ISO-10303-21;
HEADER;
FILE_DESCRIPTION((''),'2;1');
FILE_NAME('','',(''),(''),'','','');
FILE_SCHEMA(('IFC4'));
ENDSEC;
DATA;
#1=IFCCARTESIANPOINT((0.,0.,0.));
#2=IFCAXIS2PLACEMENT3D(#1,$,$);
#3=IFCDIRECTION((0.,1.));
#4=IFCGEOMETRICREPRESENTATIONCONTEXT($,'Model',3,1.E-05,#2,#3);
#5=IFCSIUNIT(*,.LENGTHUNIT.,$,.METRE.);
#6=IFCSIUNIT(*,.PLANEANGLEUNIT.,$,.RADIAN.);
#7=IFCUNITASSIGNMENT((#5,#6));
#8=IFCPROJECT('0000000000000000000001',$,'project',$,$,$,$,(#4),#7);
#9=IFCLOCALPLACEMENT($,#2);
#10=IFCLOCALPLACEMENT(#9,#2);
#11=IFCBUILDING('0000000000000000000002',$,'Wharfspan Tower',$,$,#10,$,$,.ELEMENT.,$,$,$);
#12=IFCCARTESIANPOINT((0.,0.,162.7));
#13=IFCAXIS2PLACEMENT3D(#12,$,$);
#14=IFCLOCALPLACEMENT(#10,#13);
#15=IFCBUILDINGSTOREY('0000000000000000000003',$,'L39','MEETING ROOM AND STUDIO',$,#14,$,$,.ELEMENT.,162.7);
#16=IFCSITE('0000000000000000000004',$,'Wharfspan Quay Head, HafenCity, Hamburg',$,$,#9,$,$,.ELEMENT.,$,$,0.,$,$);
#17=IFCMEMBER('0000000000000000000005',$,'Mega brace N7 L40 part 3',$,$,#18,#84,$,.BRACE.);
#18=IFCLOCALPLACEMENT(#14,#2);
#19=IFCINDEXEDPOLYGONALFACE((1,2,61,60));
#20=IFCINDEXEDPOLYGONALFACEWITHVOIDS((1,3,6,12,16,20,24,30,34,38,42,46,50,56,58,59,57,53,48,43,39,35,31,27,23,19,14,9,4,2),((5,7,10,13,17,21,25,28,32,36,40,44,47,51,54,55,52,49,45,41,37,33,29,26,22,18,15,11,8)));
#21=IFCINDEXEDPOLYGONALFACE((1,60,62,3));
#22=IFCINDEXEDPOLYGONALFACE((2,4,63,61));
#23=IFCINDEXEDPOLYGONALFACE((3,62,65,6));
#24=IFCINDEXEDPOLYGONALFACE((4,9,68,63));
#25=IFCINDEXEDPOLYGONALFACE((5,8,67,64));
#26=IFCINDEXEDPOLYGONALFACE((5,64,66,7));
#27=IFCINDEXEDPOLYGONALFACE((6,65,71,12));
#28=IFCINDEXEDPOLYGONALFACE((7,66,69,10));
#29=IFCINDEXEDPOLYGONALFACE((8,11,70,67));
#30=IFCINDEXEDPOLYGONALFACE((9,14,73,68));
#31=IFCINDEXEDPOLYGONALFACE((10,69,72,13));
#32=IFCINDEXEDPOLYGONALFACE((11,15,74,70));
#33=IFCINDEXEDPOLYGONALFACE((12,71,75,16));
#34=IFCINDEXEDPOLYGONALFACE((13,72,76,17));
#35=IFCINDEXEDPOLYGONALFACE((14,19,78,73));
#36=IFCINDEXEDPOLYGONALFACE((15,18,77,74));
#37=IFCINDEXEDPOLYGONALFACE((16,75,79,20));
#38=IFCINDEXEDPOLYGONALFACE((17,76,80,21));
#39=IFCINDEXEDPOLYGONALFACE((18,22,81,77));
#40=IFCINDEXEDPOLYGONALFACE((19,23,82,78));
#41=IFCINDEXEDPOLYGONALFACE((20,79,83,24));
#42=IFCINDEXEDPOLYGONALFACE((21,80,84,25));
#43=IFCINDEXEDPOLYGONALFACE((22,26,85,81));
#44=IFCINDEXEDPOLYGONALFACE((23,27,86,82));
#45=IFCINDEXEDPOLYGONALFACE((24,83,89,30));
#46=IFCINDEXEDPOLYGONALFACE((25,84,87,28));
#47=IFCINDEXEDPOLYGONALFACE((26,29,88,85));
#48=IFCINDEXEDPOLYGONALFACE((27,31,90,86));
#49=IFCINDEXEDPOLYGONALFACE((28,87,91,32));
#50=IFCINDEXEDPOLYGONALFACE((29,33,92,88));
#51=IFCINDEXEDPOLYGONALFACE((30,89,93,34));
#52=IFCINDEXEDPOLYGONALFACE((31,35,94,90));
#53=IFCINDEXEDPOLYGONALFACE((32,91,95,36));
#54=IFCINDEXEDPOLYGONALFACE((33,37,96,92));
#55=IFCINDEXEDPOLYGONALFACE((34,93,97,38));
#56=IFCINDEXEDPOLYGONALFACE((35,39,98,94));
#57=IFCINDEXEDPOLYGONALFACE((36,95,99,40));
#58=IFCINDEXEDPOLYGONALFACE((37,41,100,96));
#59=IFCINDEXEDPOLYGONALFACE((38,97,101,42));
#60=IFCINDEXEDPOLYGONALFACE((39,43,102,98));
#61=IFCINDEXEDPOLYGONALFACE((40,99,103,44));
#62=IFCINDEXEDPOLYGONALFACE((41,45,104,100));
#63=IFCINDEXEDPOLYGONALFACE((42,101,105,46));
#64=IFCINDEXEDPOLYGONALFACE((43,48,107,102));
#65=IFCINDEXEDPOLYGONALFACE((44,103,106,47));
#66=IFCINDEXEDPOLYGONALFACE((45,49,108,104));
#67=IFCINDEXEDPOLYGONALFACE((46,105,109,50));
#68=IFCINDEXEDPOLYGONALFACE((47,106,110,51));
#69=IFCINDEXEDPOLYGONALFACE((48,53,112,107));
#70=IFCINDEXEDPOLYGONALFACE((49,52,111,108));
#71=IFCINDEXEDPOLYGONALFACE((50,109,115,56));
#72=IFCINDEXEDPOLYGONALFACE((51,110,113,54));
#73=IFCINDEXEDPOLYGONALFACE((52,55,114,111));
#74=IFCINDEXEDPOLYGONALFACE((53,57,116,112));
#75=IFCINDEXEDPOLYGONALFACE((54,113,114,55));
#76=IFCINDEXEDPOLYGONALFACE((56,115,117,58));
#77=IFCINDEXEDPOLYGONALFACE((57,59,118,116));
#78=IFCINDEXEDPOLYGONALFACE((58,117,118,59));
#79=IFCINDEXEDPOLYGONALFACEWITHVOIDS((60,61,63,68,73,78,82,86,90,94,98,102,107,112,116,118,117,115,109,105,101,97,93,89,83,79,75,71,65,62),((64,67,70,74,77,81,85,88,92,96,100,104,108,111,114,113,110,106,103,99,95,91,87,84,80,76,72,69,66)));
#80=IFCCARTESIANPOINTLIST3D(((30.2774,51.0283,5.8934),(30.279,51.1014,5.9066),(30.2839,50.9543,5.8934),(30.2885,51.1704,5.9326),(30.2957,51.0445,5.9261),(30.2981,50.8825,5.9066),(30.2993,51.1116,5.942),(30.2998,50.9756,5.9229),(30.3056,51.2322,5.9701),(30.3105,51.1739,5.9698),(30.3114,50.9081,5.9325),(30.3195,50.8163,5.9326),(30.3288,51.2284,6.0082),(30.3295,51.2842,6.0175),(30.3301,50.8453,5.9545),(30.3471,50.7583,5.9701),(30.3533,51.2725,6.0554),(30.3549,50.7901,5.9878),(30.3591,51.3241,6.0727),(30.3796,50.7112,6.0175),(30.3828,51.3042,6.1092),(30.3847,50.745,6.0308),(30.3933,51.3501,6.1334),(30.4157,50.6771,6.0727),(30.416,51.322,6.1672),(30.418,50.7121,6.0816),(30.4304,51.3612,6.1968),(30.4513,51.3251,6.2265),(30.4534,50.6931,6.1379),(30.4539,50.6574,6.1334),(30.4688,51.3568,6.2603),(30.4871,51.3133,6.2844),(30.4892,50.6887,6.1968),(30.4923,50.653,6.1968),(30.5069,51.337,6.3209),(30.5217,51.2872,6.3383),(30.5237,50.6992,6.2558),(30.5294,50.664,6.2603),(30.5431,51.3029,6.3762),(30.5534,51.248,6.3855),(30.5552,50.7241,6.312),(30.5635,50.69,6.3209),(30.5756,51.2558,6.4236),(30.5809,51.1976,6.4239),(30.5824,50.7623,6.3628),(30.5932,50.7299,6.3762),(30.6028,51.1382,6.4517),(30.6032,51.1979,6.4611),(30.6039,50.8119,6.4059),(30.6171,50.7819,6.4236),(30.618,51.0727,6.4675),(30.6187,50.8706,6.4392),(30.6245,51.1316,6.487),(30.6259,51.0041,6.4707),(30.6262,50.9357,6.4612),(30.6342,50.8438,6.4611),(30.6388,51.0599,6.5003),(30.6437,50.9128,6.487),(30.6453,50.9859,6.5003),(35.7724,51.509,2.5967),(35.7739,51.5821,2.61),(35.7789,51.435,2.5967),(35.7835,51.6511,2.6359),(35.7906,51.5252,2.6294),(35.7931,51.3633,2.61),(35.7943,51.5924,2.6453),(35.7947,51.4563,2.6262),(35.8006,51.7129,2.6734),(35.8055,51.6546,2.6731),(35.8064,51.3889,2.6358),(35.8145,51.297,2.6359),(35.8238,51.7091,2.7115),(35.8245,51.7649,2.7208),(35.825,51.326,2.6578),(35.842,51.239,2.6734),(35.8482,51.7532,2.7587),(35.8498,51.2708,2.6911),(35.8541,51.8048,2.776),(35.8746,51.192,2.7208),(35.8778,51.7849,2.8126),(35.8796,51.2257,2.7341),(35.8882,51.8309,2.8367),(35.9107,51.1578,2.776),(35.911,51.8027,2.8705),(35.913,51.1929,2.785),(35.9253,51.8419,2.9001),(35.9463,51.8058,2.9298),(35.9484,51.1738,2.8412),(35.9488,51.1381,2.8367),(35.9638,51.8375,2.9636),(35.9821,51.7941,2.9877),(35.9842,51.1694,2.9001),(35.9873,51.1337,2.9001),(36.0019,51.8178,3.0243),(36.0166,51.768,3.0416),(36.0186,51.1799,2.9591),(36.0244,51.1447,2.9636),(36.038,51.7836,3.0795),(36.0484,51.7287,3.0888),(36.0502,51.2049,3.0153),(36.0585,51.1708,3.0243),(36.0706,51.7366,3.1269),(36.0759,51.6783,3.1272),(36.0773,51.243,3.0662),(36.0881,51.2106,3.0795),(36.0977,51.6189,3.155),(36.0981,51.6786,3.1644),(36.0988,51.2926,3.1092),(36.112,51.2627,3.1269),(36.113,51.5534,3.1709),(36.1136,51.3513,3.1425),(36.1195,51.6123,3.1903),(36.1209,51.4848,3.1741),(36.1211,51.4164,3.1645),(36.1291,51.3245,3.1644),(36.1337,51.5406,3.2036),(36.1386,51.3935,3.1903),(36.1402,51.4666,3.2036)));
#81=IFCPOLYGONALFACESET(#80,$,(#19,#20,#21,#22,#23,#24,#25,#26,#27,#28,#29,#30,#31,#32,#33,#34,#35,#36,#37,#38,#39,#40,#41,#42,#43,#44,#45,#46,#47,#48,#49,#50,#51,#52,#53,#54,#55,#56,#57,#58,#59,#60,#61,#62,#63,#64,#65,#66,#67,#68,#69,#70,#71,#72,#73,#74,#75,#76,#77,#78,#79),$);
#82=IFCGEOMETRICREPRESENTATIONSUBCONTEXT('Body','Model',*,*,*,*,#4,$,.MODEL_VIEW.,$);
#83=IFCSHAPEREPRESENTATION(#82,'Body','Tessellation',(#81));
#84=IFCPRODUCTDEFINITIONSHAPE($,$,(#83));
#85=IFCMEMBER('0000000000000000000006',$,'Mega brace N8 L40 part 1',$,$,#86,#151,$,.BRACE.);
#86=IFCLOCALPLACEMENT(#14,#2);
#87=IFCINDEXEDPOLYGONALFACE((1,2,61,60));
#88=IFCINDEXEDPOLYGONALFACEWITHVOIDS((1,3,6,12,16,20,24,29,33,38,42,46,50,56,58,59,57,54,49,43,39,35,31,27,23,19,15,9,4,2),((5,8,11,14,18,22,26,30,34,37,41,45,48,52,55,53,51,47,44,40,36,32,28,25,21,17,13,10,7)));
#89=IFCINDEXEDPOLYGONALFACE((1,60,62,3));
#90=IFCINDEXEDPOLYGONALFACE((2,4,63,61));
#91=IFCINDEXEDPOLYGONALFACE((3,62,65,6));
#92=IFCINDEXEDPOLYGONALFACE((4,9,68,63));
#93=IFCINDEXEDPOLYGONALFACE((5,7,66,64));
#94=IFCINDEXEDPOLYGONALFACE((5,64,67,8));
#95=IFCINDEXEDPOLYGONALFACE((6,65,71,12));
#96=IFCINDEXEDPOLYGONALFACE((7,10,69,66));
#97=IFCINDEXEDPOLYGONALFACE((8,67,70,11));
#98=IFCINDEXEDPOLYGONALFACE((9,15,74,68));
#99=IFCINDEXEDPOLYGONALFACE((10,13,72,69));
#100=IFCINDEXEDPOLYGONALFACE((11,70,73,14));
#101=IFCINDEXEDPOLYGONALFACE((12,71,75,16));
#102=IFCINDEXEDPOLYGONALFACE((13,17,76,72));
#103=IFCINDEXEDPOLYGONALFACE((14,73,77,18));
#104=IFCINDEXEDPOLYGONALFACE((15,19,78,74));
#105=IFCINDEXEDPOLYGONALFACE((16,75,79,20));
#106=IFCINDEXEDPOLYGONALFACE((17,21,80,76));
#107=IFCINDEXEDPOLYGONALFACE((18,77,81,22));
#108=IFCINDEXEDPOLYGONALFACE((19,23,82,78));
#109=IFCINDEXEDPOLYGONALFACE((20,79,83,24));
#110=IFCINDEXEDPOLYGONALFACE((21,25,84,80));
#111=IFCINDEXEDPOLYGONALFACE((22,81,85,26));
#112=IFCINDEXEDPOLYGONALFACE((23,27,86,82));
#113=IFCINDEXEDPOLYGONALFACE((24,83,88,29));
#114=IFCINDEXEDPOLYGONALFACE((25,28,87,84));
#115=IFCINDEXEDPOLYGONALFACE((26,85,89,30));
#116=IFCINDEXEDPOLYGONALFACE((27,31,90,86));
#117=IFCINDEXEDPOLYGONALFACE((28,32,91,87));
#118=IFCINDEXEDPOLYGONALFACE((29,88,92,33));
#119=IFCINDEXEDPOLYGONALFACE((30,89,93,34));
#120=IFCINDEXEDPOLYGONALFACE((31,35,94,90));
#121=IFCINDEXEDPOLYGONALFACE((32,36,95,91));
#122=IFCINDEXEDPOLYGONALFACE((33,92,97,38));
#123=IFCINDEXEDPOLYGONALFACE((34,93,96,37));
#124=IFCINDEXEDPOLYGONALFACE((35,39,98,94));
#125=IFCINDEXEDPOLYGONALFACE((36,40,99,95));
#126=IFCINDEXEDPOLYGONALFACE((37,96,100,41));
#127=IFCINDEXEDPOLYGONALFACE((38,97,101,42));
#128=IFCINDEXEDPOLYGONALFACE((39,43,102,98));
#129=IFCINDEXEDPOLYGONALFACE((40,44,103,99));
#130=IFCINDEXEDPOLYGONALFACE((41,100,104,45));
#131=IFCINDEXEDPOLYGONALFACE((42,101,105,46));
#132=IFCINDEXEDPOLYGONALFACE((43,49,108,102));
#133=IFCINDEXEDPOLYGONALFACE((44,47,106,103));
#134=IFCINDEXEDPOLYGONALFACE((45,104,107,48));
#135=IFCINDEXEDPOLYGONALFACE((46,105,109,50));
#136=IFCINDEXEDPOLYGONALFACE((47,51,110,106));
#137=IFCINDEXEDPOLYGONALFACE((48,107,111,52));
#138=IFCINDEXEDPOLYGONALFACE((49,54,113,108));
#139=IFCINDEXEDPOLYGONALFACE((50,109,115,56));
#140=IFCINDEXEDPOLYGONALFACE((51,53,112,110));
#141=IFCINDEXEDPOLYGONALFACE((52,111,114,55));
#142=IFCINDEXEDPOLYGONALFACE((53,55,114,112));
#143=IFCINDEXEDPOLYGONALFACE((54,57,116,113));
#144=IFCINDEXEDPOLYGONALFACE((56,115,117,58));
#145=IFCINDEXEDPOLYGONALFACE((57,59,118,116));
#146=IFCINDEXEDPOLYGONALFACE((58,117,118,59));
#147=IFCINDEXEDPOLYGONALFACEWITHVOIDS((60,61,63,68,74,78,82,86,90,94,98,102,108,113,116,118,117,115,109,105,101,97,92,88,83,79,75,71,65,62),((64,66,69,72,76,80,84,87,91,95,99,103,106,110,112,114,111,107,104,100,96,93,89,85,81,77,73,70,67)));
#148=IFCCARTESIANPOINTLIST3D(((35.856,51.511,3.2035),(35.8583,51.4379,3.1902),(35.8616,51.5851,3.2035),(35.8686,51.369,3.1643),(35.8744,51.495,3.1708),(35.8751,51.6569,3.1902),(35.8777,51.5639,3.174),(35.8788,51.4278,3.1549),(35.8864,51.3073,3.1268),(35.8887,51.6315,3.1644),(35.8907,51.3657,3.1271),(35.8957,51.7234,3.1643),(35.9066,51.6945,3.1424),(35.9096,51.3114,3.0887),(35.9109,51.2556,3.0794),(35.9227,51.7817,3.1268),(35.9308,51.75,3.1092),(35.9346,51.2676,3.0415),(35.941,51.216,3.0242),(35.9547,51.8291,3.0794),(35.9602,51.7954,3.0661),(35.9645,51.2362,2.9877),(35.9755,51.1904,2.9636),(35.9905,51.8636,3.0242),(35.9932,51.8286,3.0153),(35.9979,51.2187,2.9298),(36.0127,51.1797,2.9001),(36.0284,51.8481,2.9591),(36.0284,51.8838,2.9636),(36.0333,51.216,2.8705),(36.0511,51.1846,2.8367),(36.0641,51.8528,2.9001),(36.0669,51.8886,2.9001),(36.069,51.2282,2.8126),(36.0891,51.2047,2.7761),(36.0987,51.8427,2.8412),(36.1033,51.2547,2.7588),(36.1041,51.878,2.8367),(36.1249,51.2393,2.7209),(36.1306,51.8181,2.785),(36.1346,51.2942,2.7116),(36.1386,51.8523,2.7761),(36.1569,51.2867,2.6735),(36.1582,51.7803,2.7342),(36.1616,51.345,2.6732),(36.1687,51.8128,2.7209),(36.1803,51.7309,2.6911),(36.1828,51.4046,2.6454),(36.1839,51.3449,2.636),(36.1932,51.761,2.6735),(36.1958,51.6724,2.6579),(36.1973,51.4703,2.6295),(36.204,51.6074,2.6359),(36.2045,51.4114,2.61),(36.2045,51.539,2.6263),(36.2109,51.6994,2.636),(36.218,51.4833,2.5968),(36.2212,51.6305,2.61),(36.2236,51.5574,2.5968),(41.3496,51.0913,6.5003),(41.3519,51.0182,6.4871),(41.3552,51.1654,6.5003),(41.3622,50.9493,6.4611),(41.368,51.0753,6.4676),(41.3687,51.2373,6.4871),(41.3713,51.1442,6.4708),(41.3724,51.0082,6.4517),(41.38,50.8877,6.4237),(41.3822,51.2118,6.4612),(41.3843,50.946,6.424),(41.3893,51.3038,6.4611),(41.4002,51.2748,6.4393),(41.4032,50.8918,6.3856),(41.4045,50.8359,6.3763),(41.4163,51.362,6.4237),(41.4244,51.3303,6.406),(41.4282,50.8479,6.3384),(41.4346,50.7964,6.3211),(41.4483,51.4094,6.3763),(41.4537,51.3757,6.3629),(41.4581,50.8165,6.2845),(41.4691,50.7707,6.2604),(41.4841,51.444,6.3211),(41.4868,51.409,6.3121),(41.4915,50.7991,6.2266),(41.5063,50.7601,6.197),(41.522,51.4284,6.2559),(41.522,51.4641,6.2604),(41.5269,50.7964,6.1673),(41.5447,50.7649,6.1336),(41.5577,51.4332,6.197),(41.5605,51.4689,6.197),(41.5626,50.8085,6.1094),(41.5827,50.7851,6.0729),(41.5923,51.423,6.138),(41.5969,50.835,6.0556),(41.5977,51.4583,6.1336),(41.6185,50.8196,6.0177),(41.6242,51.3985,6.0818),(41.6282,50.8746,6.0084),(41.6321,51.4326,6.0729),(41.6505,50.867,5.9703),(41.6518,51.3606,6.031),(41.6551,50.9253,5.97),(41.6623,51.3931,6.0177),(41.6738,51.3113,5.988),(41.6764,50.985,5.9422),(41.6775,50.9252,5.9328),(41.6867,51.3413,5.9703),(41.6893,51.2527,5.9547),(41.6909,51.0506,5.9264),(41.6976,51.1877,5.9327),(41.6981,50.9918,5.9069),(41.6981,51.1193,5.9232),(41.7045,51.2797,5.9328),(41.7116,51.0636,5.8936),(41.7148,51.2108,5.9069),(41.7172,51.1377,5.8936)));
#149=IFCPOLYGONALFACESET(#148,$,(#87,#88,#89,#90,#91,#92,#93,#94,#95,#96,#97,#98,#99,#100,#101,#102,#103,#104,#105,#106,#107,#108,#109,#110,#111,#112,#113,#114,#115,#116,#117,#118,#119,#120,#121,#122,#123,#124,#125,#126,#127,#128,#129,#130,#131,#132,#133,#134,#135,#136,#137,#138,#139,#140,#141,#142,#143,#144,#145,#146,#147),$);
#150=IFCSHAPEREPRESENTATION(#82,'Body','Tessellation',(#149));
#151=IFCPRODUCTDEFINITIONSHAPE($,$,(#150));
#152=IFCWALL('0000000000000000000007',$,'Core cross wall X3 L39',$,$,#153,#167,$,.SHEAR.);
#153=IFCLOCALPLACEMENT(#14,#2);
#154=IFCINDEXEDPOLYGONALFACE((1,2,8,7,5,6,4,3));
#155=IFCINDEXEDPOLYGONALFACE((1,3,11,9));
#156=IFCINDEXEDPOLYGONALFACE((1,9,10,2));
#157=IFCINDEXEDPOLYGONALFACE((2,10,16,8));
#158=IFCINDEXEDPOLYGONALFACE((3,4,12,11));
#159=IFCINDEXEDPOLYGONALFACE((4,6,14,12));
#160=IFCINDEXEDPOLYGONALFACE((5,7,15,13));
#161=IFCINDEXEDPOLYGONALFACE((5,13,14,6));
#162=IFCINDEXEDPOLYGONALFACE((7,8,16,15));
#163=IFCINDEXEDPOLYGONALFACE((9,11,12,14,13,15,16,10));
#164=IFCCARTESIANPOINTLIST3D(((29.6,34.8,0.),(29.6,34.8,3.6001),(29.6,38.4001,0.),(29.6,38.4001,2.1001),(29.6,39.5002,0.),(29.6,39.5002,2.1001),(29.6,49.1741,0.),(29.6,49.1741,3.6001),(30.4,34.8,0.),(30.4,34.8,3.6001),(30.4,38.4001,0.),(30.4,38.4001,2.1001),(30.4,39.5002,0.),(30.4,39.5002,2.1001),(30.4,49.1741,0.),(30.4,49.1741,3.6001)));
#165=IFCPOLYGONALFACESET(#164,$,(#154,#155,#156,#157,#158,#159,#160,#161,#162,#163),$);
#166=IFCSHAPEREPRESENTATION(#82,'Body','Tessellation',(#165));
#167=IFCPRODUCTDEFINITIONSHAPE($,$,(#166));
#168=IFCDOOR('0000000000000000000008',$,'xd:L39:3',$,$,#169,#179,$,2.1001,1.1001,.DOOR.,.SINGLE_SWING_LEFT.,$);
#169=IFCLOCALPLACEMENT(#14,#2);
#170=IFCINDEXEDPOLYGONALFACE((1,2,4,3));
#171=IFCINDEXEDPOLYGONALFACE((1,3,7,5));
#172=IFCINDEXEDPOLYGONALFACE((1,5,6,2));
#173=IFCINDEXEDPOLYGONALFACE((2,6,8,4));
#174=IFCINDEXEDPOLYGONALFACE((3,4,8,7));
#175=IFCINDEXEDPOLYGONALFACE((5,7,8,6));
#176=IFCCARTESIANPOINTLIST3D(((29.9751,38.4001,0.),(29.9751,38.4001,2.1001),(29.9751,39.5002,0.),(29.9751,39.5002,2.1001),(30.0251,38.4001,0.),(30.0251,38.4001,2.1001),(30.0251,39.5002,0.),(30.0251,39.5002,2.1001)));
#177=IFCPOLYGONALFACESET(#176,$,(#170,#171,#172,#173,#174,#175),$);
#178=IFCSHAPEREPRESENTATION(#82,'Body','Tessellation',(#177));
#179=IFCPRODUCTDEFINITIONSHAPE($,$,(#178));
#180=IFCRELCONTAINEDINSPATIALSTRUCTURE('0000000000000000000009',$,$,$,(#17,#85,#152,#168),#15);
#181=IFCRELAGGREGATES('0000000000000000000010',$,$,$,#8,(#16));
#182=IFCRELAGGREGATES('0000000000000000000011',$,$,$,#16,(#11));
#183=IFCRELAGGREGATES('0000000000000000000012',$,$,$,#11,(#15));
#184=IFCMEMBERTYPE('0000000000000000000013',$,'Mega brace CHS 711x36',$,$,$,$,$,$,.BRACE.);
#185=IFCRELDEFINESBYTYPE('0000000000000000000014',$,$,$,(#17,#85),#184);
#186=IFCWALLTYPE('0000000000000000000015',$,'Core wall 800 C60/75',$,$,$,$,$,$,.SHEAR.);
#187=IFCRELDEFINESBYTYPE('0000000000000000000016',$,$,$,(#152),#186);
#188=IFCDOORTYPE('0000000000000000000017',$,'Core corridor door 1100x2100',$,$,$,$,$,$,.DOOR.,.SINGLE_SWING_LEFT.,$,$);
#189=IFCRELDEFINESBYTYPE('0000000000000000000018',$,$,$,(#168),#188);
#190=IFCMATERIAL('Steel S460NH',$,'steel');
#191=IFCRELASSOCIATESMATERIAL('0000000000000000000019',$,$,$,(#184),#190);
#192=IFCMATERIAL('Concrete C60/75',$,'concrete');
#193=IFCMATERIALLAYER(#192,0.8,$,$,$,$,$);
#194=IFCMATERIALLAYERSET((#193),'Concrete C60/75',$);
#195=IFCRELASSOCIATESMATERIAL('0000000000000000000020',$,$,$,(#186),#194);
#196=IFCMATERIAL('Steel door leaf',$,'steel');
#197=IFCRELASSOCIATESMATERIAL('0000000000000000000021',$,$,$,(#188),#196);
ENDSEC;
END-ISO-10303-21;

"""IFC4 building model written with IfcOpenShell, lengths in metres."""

from ifc_helpers import new_model, si_unit, direction, frame, frame_2d, origin, origin_2d, place, context, subcontext, project, spatial, rectangle, hollow_circle, extrude, material, layer, layer_set, material_profile, profile_set, type_object, element, fill, save


model = new_model("IFC4")

# Units and contexts
model_context = context("Model", 3, precision=1e-05, world=origin(), true_north=direction((0.0, 1.0)))
body_context = subcontext(model_context, "Body", "Model", "MODEL_VIEW")
ifc_project = project(units=[si_unit("LENGTHUNIT", "METRE"), si_unit("PLANEANGLEUNIT", "RADIAN")], contexts=[model_context])

# Site, building, storey
site_placement = place(None, origin())
site = spatial("IfcSite", under=ifc_project, at=site_placement, Name="Wharfspan Quay Head, HafenCity, Hamburg", CompositionType="ELEMENT", RefElevation=0.0)
building_placement = place(site_placement, origin())
building = spatial("IfcBuilding", under=site, at=building_placement, Name="Wharfspan Tower", CompositionType="ELEMENT")
storey_placement = place(building_placement, frame((0.0, 0.0, 162.7)))
storey = spatial("IfcBuildingStorey", under=building, at=storey_placement, Name="L39", Description="MEETING ROOM AND STUDIO", CompositionType="ELEMENT", Elevation=162.7)

# Members
ifc_material_1 = material(Name="Steel S460NH", Category="steel")
ifc_material_profile_1 = material_profile(ifc_material_1, hollow_circle(Radius=0.3555, WallThickness=0.0359, at=origin_2d()))
ifc_profile_set_1 = profile_set([ifc_material_profile_1], Name="Steel S460NH")
member_type = type_object("IfcMemberType", Name="Mega brace CHS 711x36", PredefinedType="BRACE", material=ifc_profile_set_1)
member_1_placement = place(storey_placement, frame((35.9563, 51.4878, 2.9001), z_axis=(-0.85511, -0.074808, 0.513021), x_axis=(0.08715, -0.996195, -0.000001)))
element("IfcMember", 1, at=member_1_placement, inside=storey, type_object=member_type, Name="Mega brace N7 L40 part 3", PredefinedType="BRACE", context=body_context, shape_type="SweptSolid", body=[
    extrude(hollow_circle(Radius=0.3555, WallThickness=0.0359, at=origin_2d()), origin(), (0.0, 0.0, 1.0), 6.426),
])
member_2_placement = place(storey_placement, frame((36.0398, 51.5342, 2.9001), z_axis=(0.855612, -0.065363, 0.513474), x_axis=(0.07617, 0.997093, 0.000002)))
element("IfcMember", 2, at=member_2_placement, inside=storey, type_object=member_type, Name="Mega brace N8 L40 part 1", PredefinedType="BRACE", context=body_context, shape_type="SweptSolid", body=[
    extrude(hollow_circle(Radius=0.3555, WallThickness=0.0359, at=origin_2d()), origin(), (0.0, 0.0, 1.0), 6.4207),
])

# Wall, opening, door
ifc_material_2 = material(Name="Concrete C60/75", Category="concrete")
ifc_layer_1 = layer(ifc_material_2, 0.8)
ifc_layer_set_1 = layer_set([ifc_layer_1], Name="Concrete C60/75")
wall_type_1 = type_object("IfcWallType", Name="Core wall 800 C60/75", PredefinedType="SHEAR", material=ifc_layer_set_1)
wall_1_placement = place(storey_placement, frame((30.0, 34.8, 0.0), z_axis=(0.0, 0.0, 1.0), x_axis=(0.0, 1.0, 0.0)))
wall_1 = element("IfcWall", 3, at=wall_1_placement, inside=storey, type_object=wall_type_1, Name="Core cross wall X3 L39", PredefinedType="SHEAR", context=body_context, shape_type="SweptSolid", body=[
    extrude(rectangle(XDim=14.374, YDim=0.8, at=frame_2d((7.187, 0.0))), origin(), (0.0, 0.0, 1.0), 3.6001),
])
opening_1_placement = place(wall_1_placement, frame((3.6001, 0.0, 0.0)))
opening_1 = element("IfcOpeningElement", 4, at=opening_1_placement, cuts=wall_1, PredefinedType="OPENING", context=body_context, shape_type="SweptSolid", body=[
    extrude(rectangle(XDim=1.1001, YDim=2.1001, at=frame_2d((0.55, 1.05))), frame((0.0, 0.4099, 0.0), z_axis=(0.0, -1.0, 0.0), x_axis=(1.0, 0.0, 0.0)), (0.0, 0.0, 1.0), 0.8201),
])
ifc_material_3 = material(Name="Steel door leaf", Category="steel")
door_type_1 = type_object("IfcDoorType", Name="Core corridor door 1100x2100", OperationType="SINGLE_SWING_LEFT", PredefinedType="DOOR", material=ifc_material_3)
door_1_placement = place(opening_1_placement, origin())
door_1 = element("IfcDoor", 5, at=door_1_placement, inside=storey, type_object=door_type_1, Name="xd:L39:3", OperationType="SINGLE_SWING_LEFT", OverallHeight=2.1001, OverallWidth=1.1001, PredefinedType="DOOR", context=body_context, shape_type="SweptSolid", body=[
    extrude(rectangle(XDim=1.1001, YDim=2.1001, at=frame_2d((0.55, 1.05))), frame((0.0, 0.0249, 0.0), z_axis=(0.0, -1.0, 0.0), x_axis=(1.0, 0.0, 0.0)), (0.0, 0.0, 1.0), 0.05),
])
fill(opening_1, door_1)

save(model, "model.ifc")
